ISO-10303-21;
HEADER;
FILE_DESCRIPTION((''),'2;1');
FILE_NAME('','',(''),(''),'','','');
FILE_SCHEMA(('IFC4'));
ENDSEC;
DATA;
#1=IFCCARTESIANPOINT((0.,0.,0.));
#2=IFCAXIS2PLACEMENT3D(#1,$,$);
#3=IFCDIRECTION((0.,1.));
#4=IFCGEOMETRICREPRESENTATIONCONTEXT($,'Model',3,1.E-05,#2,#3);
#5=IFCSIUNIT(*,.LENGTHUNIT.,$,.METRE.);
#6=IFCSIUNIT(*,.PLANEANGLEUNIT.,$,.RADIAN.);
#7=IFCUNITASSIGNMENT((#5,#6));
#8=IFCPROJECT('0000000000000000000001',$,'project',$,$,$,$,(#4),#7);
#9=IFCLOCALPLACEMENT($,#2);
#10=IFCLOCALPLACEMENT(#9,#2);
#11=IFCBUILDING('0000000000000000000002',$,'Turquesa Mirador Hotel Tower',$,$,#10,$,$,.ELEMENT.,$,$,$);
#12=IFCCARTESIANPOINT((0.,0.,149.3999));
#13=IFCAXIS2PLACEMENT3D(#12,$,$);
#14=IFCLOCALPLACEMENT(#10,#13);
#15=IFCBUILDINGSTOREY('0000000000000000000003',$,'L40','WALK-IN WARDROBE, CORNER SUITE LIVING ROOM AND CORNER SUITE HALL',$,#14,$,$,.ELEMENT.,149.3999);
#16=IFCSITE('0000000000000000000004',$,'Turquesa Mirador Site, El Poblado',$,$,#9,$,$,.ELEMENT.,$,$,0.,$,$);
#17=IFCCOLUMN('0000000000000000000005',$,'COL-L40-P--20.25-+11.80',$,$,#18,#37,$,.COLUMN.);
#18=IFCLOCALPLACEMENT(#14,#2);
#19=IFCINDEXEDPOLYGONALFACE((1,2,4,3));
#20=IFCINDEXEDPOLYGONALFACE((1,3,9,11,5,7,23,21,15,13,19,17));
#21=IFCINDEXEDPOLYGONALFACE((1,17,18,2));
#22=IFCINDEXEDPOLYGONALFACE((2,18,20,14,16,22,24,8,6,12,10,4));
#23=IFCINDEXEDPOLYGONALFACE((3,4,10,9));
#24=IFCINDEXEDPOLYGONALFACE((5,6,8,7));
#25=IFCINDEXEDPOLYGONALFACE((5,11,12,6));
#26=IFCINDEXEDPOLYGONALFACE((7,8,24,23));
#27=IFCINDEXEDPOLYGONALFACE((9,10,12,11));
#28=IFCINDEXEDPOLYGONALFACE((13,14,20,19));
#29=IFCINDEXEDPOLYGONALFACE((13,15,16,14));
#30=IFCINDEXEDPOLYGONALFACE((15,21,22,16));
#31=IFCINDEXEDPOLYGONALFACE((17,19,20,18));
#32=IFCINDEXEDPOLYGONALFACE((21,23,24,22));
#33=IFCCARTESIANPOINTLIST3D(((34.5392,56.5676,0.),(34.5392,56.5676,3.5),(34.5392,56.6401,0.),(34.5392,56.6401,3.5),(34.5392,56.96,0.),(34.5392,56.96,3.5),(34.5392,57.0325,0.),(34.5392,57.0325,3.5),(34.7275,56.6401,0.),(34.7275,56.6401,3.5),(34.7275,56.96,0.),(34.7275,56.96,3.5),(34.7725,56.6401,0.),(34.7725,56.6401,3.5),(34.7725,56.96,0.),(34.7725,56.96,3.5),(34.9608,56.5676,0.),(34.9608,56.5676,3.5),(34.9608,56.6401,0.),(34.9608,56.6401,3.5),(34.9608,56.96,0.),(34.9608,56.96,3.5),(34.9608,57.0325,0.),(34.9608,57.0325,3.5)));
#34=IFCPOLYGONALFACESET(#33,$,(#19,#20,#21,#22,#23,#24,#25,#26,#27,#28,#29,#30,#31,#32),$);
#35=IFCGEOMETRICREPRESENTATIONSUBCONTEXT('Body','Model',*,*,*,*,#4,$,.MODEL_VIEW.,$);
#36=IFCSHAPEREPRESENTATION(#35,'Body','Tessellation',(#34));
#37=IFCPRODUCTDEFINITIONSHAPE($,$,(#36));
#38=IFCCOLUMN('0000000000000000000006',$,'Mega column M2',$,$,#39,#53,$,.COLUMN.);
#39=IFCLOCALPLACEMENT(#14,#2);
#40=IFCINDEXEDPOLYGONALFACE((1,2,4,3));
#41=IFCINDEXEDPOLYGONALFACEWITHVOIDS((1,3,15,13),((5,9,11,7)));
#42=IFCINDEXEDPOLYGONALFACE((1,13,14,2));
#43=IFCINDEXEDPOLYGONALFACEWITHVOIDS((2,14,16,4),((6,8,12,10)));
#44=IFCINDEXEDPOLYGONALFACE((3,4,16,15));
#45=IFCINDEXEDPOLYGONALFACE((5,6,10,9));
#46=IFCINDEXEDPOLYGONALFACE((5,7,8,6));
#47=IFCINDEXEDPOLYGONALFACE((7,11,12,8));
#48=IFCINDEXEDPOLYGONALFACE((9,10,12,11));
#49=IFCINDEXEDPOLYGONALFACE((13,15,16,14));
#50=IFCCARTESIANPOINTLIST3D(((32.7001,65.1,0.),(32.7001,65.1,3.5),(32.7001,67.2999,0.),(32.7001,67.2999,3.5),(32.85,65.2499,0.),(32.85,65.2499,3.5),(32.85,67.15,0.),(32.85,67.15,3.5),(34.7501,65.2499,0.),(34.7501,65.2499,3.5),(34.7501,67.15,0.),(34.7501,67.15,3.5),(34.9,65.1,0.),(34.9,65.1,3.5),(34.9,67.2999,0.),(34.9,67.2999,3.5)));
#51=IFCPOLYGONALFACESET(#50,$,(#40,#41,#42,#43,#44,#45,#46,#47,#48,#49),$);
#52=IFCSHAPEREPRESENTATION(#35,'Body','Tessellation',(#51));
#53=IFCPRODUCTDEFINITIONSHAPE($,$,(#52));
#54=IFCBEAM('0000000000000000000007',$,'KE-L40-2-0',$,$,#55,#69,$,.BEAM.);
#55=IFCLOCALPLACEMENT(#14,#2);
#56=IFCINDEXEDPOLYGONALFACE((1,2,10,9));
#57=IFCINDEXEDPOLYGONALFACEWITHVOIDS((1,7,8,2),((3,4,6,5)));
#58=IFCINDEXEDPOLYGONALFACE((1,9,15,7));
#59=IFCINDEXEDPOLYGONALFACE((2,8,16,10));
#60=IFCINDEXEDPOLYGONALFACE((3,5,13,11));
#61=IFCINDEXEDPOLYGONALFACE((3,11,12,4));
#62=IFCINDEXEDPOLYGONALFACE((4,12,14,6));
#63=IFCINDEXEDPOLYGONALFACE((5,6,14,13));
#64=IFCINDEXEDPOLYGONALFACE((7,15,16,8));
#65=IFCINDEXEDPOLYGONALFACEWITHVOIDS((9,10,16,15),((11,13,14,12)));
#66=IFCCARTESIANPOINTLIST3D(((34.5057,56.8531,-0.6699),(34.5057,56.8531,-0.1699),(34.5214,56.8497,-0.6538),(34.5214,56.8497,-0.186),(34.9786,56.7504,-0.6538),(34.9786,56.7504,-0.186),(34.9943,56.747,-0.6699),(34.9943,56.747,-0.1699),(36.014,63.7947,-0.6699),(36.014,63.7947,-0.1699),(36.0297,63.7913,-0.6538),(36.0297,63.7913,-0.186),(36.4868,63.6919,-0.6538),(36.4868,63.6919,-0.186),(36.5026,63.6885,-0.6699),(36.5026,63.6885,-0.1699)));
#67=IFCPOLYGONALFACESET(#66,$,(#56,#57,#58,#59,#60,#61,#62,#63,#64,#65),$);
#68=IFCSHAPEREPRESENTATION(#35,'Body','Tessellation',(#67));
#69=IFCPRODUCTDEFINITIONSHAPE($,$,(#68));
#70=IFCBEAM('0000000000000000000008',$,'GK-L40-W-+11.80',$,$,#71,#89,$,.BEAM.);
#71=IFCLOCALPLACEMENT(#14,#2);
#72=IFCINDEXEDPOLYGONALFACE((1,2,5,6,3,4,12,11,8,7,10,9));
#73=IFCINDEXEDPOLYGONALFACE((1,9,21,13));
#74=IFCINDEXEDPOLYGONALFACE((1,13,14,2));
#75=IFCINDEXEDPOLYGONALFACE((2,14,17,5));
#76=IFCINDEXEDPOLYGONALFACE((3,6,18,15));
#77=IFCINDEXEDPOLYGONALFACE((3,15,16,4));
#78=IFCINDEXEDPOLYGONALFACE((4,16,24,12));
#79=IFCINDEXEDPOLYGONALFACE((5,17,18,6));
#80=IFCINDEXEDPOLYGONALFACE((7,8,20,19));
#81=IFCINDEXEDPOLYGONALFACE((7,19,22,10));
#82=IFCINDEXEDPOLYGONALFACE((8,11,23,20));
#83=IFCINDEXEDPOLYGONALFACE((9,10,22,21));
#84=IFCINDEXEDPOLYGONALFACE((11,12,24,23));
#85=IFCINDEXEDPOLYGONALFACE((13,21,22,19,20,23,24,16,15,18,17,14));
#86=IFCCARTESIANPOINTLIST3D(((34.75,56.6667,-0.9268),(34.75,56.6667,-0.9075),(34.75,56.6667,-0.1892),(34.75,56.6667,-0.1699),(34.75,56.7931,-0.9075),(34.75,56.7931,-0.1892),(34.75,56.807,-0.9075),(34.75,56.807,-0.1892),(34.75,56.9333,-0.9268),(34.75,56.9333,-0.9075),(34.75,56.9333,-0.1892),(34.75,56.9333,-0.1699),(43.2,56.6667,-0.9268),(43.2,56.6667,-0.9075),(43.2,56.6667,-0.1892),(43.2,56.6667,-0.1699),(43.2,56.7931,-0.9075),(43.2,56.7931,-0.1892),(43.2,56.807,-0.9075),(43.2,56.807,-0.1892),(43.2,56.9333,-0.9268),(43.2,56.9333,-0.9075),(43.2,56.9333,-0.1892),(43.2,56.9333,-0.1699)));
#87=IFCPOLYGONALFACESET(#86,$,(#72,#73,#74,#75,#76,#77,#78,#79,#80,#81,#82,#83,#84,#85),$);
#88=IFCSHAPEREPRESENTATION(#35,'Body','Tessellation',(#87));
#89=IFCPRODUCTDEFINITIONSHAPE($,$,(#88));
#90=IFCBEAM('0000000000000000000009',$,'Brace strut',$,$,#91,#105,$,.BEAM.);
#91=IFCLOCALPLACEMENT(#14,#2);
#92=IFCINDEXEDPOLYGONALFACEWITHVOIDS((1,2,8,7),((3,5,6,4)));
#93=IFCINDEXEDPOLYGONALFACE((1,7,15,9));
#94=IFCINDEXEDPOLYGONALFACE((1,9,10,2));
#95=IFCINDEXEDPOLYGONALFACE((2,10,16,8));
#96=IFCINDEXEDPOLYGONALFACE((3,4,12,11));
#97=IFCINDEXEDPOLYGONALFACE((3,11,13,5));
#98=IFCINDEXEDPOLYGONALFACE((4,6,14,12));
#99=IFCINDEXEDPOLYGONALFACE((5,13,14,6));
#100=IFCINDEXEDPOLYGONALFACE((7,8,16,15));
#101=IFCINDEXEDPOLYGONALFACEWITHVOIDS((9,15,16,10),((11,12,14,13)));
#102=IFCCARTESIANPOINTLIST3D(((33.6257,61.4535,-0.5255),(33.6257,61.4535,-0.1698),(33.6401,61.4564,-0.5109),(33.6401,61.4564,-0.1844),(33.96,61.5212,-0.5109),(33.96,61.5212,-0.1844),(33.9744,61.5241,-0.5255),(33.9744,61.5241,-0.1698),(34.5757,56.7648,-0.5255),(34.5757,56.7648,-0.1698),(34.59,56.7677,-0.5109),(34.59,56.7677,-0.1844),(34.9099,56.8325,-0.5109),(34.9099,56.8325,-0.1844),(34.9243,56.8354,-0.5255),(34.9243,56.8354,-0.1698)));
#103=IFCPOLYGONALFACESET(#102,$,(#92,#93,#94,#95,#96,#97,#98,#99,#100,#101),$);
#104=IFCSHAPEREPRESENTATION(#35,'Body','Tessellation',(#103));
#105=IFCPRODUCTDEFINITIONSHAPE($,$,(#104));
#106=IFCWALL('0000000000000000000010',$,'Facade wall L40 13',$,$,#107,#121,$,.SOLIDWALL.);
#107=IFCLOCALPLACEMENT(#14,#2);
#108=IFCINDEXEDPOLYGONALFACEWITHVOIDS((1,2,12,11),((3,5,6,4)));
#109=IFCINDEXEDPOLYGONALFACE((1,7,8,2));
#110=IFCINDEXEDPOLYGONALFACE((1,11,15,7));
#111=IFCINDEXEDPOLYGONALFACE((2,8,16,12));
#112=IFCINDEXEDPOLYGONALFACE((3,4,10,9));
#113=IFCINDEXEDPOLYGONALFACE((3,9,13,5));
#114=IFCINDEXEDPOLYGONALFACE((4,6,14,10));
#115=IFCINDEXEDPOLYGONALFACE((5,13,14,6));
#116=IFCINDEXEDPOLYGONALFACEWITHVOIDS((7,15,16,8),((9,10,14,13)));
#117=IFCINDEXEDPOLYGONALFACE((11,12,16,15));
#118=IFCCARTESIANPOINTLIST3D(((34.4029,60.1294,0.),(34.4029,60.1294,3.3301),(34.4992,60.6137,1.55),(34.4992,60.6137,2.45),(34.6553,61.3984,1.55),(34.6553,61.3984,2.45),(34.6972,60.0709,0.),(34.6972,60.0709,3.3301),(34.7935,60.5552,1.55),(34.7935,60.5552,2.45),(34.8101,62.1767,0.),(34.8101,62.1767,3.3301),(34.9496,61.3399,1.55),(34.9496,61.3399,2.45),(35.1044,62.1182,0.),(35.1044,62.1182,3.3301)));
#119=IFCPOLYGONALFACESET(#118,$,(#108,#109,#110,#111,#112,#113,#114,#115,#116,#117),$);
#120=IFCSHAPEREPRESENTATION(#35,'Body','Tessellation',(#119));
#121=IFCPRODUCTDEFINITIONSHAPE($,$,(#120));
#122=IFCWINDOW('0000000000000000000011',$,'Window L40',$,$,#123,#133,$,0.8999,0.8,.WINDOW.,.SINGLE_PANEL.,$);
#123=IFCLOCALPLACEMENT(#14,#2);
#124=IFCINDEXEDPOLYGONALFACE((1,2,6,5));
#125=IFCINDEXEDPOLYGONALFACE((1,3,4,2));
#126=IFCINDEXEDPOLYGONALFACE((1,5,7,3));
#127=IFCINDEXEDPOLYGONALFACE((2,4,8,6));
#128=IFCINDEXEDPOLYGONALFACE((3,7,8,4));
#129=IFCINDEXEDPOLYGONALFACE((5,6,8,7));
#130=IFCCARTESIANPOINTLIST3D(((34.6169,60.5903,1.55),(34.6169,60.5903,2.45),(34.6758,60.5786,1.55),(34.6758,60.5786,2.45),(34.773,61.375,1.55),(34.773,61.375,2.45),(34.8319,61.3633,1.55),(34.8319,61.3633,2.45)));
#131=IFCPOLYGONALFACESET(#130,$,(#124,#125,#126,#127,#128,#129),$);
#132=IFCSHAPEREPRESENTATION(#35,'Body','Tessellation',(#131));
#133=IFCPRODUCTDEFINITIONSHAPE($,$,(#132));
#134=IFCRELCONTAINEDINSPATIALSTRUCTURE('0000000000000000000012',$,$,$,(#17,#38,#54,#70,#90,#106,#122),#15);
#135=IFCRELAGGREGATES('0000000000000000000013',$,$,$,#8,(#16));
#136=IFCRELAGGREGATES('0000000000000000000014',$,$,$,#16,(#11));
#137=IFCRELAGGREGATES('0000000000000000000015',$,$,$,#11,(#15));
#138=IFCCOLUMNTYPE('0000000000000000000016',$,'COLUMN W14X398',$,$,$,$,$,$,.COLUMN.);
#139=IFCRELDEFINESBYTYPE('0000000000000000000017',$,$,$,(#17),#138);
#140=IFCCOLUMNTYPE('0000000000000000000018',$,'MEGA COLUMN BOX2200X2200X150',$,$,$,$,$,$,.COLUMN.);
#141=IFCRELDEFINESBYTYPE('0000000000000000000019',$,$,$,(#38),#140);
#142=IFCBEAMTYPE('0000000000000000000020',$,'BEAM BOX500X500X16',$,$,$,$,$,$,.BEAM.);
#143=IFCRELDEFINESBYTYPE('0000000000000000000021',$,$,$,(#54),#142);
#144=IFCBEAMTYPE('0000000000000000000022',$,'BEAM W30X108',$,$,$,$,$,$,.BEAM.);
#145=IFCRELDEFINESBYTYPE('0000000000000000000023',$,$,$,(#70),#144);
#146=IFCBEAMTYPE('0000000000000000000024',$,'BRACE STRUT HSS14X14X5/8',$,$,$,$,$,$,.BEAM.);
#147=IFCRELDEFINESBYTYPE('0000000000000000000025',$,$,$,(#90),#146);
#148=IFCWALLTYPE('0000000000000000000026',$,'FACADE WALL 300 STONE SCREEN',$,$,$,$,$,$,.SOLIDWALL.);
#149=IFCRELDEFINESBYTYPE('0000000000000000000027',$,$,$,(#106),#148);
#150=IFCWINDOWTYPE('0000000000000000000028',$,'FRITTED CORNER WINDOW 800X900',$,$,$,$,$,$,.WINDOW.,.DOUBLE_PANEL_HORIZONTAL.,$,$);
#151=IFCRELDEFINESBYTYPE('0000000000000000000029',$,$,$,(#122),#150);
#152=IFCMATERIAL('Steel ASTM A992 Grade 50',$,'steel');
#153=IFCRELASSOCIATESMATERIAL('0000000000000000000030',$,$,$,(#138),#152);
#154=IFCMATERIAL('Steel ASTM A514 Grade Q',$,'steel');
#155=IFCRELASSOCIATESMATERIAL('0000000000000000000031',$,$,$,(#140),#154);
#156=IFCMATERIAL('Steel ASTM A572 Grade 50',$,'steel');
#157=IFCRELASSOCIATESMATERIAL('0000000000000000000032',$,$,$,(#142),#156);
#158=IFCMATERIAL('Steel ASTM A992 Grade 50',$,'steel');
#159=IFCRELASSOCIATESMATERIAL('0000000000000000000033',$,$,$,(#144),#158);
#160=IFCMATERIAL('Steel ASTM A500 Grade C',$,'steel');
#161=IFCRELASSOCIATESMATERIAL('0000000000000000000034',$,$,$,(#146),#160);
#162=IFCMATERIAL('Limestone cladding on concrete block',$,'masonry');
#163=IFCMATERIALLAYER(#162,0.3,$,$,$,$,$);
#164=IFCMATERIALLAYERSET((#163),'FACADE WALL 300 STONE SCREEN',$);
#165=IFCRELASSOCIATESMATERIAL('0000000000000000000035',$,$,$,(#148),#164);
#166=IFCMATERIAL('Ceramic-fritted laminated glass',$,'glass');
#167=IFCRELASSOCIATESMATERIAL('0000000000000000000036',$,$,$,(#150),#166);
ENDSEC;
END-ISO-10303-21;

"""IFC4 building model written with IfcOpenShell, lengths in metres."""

from ifc_helpers import new_model, si_unit, direction, frame, frame_2d, origin, origin_2d, place, context, subcontext, project, spatial, rectangle, hollow_rectangle, i_section, extrude, material, layer, layer_set, material_profile, profile_set, type_object, element, fill, save


model = new_model("IFC4")

# Units and contexts
model_context = context("Model", 3, precision=1e-05, world=origin(), true_north=direction((0.0, 1.0)))
body_context = subcontext(model_context, "Body", "Model", "MODEL_VIEW")
ifc_project = project(units=[si_unit("LENGTHUNIT", "METRE"), si_unit("PLANEANGLEUNIT", "RADIAN")], contexts=[model_context])

# Site, building, storey
site_placement = place(None, origin())
site = spatial("IfcSite", under=ifc_project, at=site_placement, Name="Turquesa Mirador Site, El Poblado", CompositionType="ELEMENT", RefElevation=0.0)
building_placement = place(site_placement, origin())
building = spatial("IfcBuilding", under=site, at=building_placement, Name="Turquesa Mirador Hotel Tower", CompositionType="ELEMENT")
storey_placement = place(building_placement, frame((0.0, 0.0, 149.3999)))
storey = spatial("IfcBuildingStorey", under=building, at=storey_placement, Name="L40", Description="WALK-IN WARDROBE, CORNER SUITE LIVING ROOM AND CORNER SUITE HALL", CompositionType="ELEMENT", Elevation=149.3999)

# Columns
ifc_material_1 = material(Name="Steel ASTM A992 Grade 50", Category="steel")
ifc_material_profile_1 = material_profile(ifc_material_1, i_section(OverallWidth=0.4216, OverallDepth=0.4648, WebThickness=0.0449, FlangeThickness=0.0725, at=origin_2d()), Name="W14X398")
ifc_profile_set_1 = profile_set([ifc_material_profile_1], Name="Steel ASTM A992 Grade 50")
column_type_1 = type_object("IfcColumnType", Name="COLUMN W14X398", PredefinedType="COLUMN", material=ifc_profile_set_1)
column_1_placement = place(storey_placement, frame((34.75, 56.8, 0.0), z_axis=(0.0, 0.0, 1.0), x_axis=(1.0, 0.0, 0.0)))
element("IfcColumn", 1, at=column_1_placement, inside=storey, type_object=column_type_1, Name="COL-L40-P--20.25-+11.80", PredefinedType="COLUMN", context=body_context, shape_type="SweptSolid", body=[
    extrude(i_section(OverallWidth=0.4216, OverallDepth=0.4648, WebThickness=0.0449, FlangeThickness=0.0725, at=origin_2d()), origin(), (0.0, 0.0, 1.0), 3.5),
])
ifc_material_2 = material(Name="Steel ASTM A514 Grade Q", Category="steel")
ifc_material_profile_2 = material_profile(ifc_material_2, hollow_rectangle(XDim=2.2, YDim=2.2, WallThickness=0.1499, at=origin_2d()), Name="BOX2200X2200X150")
ifc_profile_set_2 = profile_set([ifc_material_profile_2], Name="Steel ASTM A514 Grade Q")
column_type_2 = type_object("IfcColumnType", Name="MEGA COLUMN BOX2200X2200X150", PredefinedType="COLUMN", material=ifc_profile_set_2)
column_2_placement = place(storey_placement, frame((33.8, 66.2, 0.0), z_axis=(0.0, 0.0, 1.0), x_axis=(1.0, 0.0, 0.0)))
element("IfcColumn", 2, at=column_2_placement, inside=storey, type_object=column_type_2, Name="Mega column M2", PredefinedType="COLUMN", context=body_context, shape_type="SweptSolid", body=[
    extrude(hollow_rectangle(XDim=2.2, YDim=2.2, WallThickness=0.1499, at=origin_2d()), origin(), (0.0, 0.0, 1.0), 3.5),
])

# Beams
ifc_material_3 = material(Name="Steel ASTM A572 Grade 50", Category="steel")
ifc_material_profile_3 = material_profile(ifc_material_3, hollow_rectangle(XDim=0.5, YDim=0.5, WallThickness=0.0161, at=origin_2d()), Name="BOX500X500X16")
ifc_profile_set_3 = profile_set([ifc_material_profile_3], Name="Steel ASTM A572 Grade 50")
beam_type_1 = type_object("IfcBeamType", Name="BEAM BOX500X500X16", PredefinedType="BEAM", material=ifc_profile_set_3)
beam_1_placement = place(storey_placement, frame((34.75, 56.8, -0.4199), z_axis=(0.212328, 0.977198, 0.0), x_axis=(-0.977198, 0.212328, 0.0)))
element("IfcBeam", 3, at=beam_1_placement, inside=storey, type_object=beam_type_1, Name="KE-L40-2-0", PredefinedType="BEAM", context=body_context, shape_type="SweptSolid", body=[
    extrude(hollow_rectangle(XDim=0.5, YDim=0.5, WallThickness=0.0161, at=origin_2d()), origin(), (0.0, 0.0, 1.0), 7.1035),
])
ifc_material_4 = material(Name="Steel ASTM A992 Grade 50", Category="steel")
ifc_material_profile_4 = material_profile(ifc_material_4, i_section(OverallWidth=0.2666, OverallDepth=0.7568, WebThickness=0.0139, FlangeThickness=0.0193, at=origin_2d()), Name="W30X108")
ifc_profile_set_4 = profile_set([ifc_material_profile_4], Name="Steel ASTM A992 Grade 50")
beam_type_2 = type_object("IfcBeamType", Name="BEAM W30X108", PredefinedType="BEAM", material=ifc_profile_set_4)
beam_2_placement = place(storey_placement, frame((34.75, 56.8, -0.5483), z_axis=(1.0, 0.0, 0.0), x_axis=(0.0, 1.0, 0.0)))
element("IfcBeam", 4, at=beam_2_placement, inside=storey, type_object=beam_type_2, Name="GK-L40-W-+11.80", PredefinedType="BEAM", context=body_context, shape_type="SweptSolid", body=[
    extrude(i_section(OverallWidth=0.2666, OverallDepth=0.7568, WebThickness=0.0139, FlangeThickness=0.0193, at=origin_2d()), origin(), (0.0, 0.0, 1.0), 8.45),
])
ifc_material_5 = material(Name="Steel ASTM A500 Grade C", Category="steel")
ifc_material_profile_5 = material_profile(ifc_material_5, hollow_rectangle(XDim=0.3557, YDim=0.3557, WallThickness=0.0146, at=origin_2d()), Name="HSS14X14X5/8")
ifc_profile_set_5 = profile_set([ifc_material_profile_5], Name="Steel ASTM A500 Grade C")
beam_type_3 = type_object("IfcBeamType", Name="BRACE STRUT HSS14X14X5/8", PredefinedType="BEAM", material=ifc_profile_set_5)
beam_3_placement = place(storey_placement, frame((33.8, 61.4888, -0.3477), z_axis=(0.198569, -0.980087, 0.0), x_axis=(0.980087, 0.198569, 0.0)))
element("IfcBeam", 5, at=beam_3_placement, inside=storey, type_object=beam_type_3, Name="Brace strut", PredefinedType="BEAM", context=body_context, shape_type="SweptSolid", body=[
    extrude(hollow_rectangle(XDim=0.3557, YDim=0.3557, WallThickness=0.0146, at=origin_2d()), origin(), (0.0, 0.0, 1.0), 4.7839),
])

# Wall, opening, window
ifc_material_6 = material(Name="Limestone cladding on concrete block", Category="masonry")
ifc_layer_1 = layer(ifc_material_6, 0.3)
ifc_layer_set_1 = layer_set([ifc_layer_1], Name="FACADE WALL 300 STONE SCREEN")
wall_type_1 = type_object("IfcWallType", Name="FACADE WALL 300 STONE SCREEN", PredefinedType="SOLIDWALL", material=ifc_layer_set_1)
wall_1_placement = place(storey_placement, frame((34.9573, 62.1475, 0.0), z_axis=(0.0, 0.0, 1.0), x_axis=(-0.195081, -0.980787, 0.0)))
wall_1 = element("IfcWall", 6, at=wall_1_placement, inside=storey, type_object=wall_type_1, Name="Facade wall L40 13", PredefinedType="SOLIDWALL", context=body_context, shape_type="SweptSolid", body=[
    extrude(rectangle(XDim=2.0874, YDim=0.3, at=frame_2d((1.0437, 0.0))), origin(), (0.0, 0.0, 1.0), 3.3301),
])
opening_1_placement = place(wall_1_placement, frame((0.7937, 0.0, 1.55)))
opening_1 = element("IfcOpeningElement", 7, at=opening_1_placement, cuts=wall_1, PredefinedType="OPENING", context=body_context, shape_type="SweptSolid", body=[
    extrude(rectangle(XDim=0.8, YDim=0.8999, at=frame_2d((0.3999, 0.45))), frame((0.0, 0.1599, 0.0), z_axis=(0.0, -1.0, 0.0), x_axis=(1.0, 0.0, 0.0)), (0.0, 0.0, 1.0), 0.3201),
])
ifc_material_7 = material(Name="Ceramic-fritted laminated glass", Category="glass")
window_type_1 = type_object("IfcWindowType", Name="FRITTED CORNER WINDOW 800X900", PartitioningType="DOUBLE_PANEL_HORIZONTAL", PredefinedType="WINDOW", material=ifc_material_7)
window_1_placement = place(opening_1_placement, origin())
window_1 = element("IfcWindow", 8, at=window_1_placement, inside=storey, type_object=window_type_1, Name="Window L40", OverallHeight=0.8999, OverallWidth=0.8, PartitioningType="SINGLE_PANEL", PredefinedType="WINDOW", context=body_context, shape_type="SweptSolid", body=[
    extrude(rectangle(XDim=0.8, YDim=0.8999, at=frame_2d((0.3999, 0.45))), frame((0.0, 0.03, 0.0), z_axis=(0.0, -1.0, 0.0), x_axis=(1.0, 0.0, 0.0)), (0.0, 0.0, 1.0), 0.0601),
])
fill(opening_1, window_1)

save(model, "model.ifc")
